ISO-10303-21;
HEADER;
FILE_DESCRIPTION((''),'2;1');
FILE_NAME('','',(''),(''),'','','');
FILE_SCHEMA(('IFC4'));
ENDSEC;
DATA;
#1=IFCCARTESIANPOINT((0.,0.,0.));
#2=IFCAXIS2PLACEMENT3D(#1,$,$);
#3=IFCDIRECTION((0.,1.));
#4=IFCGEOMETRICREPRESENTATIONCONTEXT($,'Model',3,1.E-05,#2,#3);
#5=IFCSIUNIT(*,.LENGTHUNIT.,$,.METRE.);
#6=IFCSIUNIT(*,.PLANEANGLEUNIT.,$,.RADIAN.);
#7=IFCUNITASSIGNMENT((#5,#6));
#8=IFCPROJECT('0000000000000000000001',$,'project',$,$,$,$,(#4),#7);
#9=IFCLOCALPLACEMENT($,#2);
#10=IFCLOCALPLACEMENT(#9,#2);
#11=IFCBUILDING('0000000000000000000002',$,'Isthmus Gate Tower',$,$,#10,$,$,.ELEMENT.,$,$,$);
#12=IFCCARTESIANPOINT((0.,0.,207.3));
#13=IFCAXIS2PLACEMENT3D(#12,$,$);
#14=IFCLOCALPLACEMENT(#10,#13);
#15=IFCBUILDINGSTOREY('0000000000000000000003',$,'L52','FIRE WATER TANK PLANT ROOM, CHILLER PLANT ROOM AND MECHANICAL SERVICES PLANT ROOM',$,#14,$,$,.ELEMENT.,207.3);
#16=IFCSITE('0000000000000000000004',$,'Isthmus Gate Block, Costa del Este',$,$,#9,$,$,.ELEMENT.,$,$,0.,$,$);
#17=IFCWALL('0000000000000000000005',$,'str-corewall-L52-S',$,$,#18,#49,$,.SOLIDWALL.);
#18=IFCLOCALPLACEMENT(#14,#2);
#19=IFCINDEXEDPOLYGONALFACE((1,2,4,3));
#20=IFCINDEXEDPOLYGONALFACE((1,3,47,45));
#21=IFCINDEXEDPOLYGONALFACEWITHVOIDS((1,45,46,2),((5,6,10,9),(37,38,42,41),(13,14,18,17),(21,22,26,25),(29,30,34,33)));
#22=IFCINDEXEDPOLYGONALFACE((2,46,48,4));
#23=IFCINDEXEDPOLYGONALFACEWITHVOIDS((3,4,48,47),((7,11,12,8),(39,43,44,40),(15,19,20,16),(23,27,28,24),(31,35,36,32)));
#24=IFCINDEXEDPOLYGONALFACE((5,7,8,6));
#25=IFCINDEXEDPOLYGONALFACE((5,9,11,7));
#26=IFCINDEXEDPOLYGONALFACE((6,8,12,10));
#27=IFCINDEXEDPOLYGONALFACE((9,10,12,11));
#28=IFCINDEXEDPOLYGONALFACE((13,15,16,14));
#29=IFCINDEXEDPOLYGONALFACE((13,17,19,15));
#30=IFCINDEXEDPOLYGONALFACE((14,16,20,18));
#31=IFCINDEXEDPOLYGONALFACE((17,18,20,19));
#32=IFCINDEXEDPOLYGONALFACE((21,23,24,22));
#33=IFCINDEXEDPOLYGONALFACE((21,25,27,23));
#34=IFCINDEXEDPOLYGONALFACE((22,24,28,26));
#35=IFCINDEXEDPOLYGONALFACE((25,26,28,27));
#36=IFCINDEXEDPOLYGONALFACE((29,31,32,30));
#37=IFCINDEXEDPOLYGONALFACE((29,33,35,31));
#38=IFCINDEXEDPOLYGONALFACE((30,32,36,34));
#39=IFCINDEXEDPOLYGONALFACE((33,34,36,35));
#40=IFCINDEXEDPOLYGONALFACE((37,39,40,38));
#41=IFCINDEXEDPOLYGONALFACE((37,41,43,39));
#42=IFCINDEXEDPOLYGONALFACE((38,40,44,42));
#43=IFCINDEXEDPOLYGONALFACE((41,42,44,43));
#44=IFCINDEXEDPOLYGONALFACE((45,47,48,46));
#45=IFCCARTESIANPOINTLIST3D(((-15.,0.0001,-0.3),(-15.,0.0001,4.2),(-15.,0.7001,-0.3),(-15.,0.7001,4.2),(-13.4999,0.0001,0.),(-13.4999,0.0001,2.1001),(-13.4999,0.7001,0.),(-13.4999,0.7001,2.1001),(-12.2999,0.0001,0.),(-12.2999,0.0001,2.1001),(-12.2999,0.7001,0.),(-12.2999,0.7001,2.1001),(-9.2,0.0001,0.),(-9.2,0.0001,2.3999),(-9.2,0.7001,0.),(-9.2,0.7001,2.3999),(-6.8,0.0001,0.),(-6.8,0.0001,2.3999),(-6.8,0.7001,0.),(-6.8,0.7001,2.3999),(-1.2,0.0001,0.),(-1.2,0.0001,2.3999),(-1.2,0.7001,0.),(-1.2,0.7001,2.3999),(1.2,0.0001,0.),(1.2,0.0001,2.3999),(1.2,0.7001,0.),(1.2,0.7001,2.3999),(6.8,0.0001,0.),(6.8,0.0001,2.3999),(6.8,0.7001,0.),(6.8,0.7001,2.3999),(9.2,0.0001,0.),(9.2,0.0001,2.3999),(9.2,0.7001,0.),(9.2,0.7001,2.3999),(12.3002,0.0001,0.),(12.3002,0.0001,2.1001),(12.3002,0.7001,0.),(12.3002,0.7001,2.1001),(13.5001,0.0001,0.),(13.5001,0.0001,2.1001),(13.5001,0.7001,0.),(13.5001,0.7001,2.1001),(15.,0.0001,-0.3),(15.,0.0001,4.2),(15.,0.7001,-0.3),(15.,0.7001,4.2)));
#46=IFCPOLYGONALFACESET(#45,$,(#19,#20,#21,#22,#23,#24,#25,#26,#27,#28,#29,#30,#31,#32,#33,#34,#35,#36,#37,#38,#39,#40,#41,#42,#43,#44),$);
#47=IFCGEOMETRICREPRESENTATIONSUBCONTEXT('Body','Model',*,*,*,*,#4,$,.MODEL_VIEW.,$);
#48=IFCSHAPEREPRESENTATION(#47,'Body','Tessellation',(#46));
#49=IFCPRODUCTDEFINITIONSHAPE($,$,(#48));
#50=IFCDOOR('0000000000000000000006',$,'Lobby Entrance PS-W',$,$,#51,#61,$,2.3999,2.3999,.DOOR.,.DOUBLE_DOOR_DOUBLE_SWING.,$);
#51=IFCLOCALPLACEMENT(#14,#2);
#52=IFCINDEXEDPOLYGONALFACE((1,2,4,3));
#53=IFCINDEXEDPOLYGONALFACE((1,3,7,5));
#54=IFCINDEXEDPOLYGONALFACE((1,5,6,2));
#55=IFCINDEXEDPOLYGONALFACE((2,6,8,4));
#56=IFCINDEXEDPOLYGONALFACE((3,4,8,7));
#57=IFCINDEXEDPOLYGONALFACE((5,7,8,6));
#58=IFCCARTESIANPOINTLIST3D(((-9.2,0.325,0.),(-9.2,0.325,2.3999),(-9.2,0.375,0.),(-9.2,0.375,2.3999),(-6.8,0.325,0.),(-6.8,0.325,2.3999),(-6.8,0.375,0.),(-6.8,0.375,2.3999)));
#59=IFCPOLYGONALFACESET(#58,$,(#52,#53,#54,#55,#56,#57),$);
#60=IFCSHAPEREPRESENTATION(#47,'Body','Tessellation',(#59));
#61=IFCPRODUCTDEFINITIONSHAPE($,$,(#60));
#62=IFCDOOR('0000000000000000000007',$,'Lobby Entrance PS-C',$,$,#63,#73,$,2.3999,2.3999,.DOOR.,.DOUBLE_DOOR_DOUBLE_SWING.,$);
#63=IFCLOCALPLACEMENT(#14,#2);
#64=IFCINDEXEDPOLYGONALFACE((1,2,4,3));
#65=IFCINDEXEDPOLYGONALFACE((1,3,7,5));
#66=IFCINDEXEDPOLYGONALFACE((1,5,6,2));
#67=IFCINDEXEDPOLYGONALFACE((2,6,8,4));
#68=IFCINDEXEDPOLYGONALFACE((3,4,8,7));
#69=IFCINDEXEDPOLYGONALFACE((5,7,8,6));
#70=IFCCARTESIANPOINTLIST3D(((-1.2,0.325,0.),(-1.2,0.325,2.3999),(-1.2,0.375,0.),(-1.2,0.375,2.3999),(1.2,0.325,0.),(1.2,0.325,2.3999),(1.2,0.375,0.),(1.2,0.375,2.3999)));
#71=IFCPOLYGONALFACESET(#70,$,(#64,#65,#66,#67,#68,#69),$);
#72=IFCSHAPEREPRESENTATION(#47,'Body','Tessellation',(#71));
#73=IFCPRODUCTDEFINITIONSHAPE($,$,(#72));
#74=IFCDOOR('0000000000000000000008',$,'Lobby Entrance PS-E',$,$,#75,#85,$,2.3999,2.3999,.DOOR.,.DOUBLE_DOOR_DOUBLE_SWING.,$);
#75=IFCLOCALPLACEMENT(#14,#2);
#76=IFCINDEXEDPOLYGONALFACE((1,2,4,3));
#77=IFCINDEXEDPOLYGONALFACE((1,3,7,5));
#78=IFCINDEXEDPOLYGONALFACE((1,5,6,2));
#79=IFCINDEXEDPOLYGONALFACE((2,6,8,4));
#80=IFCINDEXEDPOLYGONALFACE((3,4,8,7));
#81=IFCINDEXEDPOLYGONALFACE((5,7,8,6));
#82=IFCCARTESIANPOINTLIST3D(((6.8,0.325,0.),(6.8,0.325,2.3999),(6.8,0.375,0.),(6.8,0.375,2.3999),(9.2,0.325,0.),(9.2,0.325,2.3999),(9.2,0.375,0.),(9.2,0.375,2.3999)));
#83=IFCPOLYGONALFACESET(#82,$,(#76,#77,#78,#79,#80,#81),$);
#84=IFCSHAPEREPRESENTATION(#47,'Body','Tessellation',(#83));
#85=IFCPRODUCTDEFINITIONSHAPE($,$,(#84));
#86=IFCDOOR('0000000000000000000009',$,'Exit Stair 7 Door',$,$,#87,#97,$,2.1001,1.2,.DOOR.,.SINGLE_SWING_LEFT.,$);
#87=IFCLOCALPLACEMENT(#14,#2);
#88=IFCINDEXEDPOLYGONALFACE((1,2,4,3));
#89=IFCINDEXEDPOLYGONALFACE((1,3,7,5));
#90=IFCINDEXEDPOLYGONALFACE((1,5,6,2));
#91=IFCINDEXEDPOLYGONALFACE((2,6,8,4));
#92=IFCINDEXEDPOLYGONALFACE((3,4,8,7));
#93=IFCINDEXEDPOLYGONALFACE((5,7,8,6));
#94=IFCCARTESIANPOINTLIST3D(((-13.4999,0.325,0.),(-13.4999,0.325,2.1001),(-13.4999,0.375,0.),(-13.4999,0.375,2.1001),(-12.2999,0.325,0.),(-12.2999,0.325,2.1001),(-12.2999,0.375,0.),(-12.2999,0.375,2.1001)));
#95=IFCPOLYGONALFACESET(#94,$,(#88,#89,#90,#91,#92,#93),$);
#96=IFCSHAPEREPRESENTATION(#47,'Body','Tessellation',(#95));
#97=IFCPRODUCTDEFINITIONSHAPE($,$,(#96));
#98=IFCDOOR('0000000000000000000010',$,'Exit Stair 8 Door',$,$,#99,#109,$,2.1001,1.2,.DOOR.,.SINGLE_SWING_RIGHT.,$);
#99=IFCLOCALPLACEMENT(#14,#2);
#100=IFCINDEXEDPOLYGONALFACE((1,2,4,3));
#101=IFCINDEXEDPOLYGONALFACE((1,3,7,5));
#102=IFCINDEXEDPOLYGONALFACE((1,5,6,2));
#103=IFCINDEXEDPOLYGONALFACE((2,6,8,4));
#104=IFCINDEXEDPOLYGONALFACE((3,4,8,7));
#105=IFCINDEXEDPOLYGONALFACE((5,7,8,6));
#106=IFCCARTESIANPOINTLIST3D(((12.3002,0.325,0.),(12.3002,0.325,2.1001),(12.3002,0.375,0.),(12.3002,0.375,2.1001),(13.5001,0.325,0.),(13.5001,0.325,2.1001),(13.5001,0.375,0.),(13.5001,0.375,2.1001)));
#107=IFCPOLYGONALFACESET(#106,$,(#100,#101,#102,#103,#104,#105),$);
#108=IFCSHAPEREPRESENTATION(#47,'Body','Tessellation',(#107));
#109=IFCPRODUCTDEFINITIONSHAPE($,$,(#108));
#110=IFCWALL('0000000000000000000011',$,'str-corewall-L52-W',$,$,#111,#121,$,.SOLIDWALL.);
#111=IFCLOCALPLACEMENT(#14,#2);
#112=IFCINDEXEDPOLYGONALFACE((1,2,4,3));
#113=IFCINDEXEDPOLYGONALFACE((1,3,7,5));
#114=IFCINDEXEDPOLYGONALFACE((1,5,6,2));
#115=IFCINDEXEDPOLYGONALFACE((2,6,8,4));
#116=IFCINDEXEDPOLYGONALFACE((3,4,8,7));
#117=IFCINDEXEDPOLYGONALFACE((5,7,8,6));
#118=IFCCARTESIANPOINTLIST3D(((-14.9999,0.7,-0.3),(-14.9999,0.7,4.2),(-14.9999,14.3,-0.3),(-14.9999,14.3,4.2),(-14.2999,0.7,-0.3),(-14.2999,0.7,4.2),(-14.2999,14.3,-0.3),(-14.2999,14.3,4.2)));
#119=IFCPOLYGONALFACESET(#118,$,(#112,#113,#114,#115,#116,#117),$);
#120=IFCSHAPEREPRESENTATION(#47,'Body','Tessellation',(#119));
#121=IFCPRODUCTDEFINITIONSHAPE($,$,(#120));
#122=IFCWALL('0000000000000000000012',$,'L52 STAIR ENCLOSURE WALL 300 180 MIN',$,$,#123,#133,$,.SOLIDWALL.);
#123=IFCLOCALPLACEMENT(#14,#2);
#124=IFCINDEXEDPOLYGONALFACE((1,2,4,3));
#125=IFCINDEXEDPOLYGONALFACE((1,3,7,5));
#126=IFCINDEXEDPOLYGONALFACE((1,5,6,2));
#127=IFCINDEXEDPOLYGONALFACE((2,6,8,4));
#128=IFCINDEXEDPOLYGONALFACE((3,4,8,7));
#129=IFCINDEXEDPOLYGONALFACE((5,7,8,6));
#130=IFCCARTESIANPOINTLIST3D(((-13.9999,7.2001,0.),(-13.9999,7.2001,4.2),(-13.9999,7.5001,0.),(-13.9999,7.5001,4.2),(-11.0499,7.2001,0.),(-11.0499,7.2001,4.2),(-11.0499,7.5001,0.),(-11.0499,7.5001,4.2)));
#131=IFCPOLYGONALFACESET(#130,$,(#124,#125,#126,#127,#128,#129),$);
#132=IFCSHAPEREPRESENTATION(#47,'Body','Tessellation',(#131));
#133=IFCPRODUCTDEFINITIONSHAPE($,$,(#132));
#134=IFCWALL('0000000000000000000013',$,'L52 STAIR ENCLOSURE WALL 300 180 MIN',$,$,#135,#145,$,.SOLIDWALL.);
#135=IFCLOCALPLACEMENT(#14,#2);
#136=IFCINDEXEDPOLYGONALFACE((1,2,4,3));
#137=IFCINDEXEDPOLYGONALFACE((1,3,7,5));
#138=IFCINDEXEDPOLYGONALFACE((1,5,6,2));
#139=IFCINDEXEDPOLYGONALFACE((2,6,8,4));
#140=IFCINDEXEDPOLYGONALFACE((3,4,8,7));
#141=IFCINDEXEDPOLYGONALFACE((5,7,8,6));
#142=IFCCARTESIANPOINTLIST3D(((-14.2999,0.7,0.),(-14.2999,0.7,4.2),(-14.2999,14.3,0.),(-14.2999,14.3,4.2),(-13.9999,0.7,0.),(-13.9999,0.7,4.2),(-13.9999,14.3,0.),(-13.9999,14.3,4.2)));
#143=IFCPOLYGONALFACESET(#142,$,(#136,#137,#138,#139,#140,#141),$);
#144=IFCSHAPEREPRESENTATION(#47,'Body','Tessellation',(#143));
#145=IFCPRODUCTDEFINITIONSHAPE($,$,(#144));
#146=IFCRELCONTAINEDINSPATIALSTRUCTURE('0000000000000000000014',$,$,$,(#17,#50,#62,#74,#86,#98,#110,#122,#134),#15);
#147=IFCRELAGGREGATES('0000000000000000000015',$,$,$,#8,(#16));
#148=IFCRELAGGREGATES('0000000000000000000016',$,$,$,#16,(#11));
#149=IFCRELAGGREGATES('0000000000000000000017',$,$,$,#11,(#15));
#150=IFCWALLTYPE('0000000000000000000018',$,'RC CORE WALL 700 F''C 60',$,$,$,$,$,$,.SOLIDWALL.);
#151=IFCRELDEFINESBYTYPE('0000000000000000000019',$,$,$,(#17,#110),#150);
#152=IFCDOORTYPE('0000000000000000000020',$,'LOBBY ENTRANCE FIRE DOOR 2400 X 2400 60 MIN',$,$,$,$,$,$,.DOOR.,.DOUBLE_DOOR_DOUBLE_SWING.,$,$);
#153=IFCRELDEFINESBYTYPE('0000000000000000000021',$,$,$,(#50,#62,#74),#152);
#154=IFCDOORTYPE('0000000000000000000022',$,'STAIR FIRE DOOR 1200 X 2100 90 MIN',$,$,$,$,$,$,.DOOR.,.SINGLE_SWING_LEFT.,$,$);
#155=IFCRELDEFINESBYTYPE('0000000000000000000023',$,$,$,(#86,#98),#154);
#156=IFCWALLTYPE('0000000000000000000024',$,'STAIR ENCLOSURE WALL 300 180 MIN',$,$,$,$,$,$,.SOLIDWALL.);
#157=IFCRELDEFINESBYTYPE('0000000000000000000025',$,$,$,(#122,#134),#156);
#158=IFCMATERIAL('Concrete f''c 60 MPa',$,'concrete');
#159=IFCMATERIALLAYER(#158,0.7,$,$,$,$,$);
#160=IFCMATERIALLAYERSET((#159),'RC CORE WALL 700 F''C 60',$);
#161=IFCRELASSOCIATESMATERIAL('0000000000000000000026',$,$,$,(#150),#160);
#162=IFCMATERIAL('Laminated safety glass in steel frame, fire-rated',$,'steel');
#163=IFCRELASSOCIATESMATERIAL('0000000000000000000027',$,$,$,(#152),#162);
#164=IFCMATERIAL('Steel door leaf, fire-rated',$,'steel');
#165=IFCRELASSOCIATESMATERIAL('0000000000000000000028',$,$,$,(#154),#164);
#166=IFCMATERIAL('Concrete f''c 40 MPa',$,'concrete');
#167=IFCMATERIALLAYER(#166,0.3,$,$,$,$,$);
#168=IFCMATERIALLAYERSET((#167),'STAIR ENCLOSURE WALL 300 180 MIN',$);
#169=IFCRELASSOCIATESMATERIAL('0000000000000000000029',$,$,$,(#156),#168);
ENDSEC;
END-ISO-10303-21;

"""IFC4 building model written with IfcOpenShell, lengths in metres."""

from ifc_helpers import new_model, si_unit, direction, frame, frame_2d, origin, place, context, subcontext, project, spatial, rectangle, extrude, material, layer, layer_set, type_object, element, fill, save


model = new_model("IFC4")

# Units and contexts
model_context = context("Model", 3, precision=1e-05, world=origin(), true_north=direction((0.0, 1.0)))
body_context = subcontext(model_context, "Body", "Model", "MODEL_VIEW")
ifc_project = project(units=[si_unit("LENGTHUNIT", "METRE"), si_unit("PLANEANGLEUNIT", "RADIAN")], contexts=[model_context])

# Site, building, storey
site_placement = place(None, origin())
site = spatial("IfcSite", under=ifc_project, at=site_placement, Name="Isthmus Gate Block, Costa del Este", CompositionType="ELEMENT", RefElevation=0.0)
building_placement = place(site_placement, origin())
building = spatial("IfcBuilding", under=site, at=building_placement, Name="Isthmus Gate Tower", CompositionType="ELEMENT")
storey_placement = place(building_placement, frame((0.0, 0.0, 207.3)))
storey = spatial("IfcBuildingStorey", under=building, at=storey_placement, Name="L52", Description="FIRE WATER TANK PLANT ROOM, CHILLER PLANT ROOM AND MECHANICAL SERVICES PLANT ROOM", CompositionType="ELEMENT", Elevation=207.3)

# Wall, openings, doors
ifc_material_1 = material(Name="Concrete f'c 60 MPa", Category="concrete")
ifc_layer_1 = layer(ifc_material_1, 0.7)
ifc_layer_set_1 = layer_set([ifc_layer_1], Name="RC CORE WALL 700 F'C 60")
wall_type_1 = type_object("IfcWallType", Name="RC CORE WALL 700 F'C 60", PredefinedType="SOLIDWALL", material=ifc_layer_set_1)
wall_1_placement = place(storey_placement, frame((-15.0, 0.3501, -0.3), z_axis=(0.0, 0.0, 1.0), x_axis=(1.0, 0.0, 0.0)))
wall_1 = element("IfcWall", 1, at=wall_1_placement, inside=storey, type_object=wall_type_1, Name="str-corewall-L52-S", PredefinedType="SOLIDWALL", context=body_context, shape_type="SweptSolid", body=[
    extrude(rectangle(XDim=30.0, YDim=0.7, at=frame_2d((15.0, 0.0))), origin(), (0.0, 0.0, 1.0), 4.5),
])
opening_1_placement = place(wall_1_placement, frame((5.8, 0.0, 0.3)))
opening_1 = element("IfcOpeningElement", 2, at=opening_1_placement, cuts=wall_1, PredefinedType="OPENING", context=body_context, shape_type="SweptSolid", body=[
    extrude(rectangle(XDim=2.3999, YDim=2.3999, at=frame_2d((1.2, 1.2))), frame((0.0, 0.3599, 0.0), z_axis=(0.0, -1.0, 0.0), x_axis=(1.0, 0.0, 0.0)), (0.0, 0.0, 1.0), 0.72),
])
opening_2_placement = place(wall_1_placement, frame((13.8, 0.0, 0.3)))
opening_2 = element("IfcOpeningElement", 3, at=opening_2_placement, cuts=wall_1, PredefinedType="OPENING", context=body_context, shape_type="SweptSolid", body=[
    extrude(rectangle(XDim=2.3999, YDim=2.3999, at=frame_2d((1.2, 1.2))), frame((0.0, 0.3599, 0.0), z_axis=(0.0, -1.0, 0.0), x_axis=(1.0, 0.0, 0.0)), (0.0, 0.0, 1.0), 0.72),
])
opening_3_placement = place(wall_1_placement, frame((21.8, 0.0, 0.3)))
opening_3 = element("IfcOpeningElement", 4, at=opening_3_placement, cuts=wall_1, PredefinedType="OPENING", context=body_context, shape_type="SweptSolid", body=[
    extrude(rectangle(XDim=2.3999, YDim=2.3999, at=frame_2d((1.2, 1.2))), frame((0.0, 0.3599, 0.0), z_axis=(0.0, -1.0, 0.0), x_axis=(1.0, 0.0, 0.0)), (0.0, 0.0, 1.0), 0.72),
])
opening_4_placement = place(wall_1_placement, frame((1.5, 0.0, 0.3)))
opening_4 = element("IfcOpeningElement", 5, at=opening_4_placement, cuts=wall_1, PredefinedType="OPENING", context=body_context, shape_type="SweptSolid", body=[
    extrude(rectangle(XDim=1.2, YDim=2.1001, at=frame_2d((0.6001, 1.05))), frame((0.0, 0.3599, 0.0), z_axis=(0.0, -1.0, 0.0), x_axis=(1.0, 0.0, 0.0)), (0.0, 0.0, 1.0), 0.72),
])
opening_5_placement = place(wall_1_placement, frame((27.3, 0.0, 0.3)))
opening_5 = element("IfcOpeningElement", 6, at=opening_5_placement, cuts=wall_1, PredefinedType="OPENING", context=body_context, shape_type="SweptSolid", body=[
    extrude(rectangle(XDim=1.2, YDim=2.1001, at=frame_2d((0.6001, 1.05))), frame((0.0, 0.3599, 0.0), z_axis=(0.0, -1.0, 0.0), x_axis=(1.0, 0.0, 0.0)), (0.0, 0.0, 1.0), 0.72),
])
ifc_material_2 = material(Name="Laminated safety glass in steel frame, fire-rated", Category="steel")
door_type_1 = type_object("IfcDoorType", Name="LOBBY ENTRANCE FIRE DOOR 2400 X 2400 60 MIN", OperationType="DOUBLE_DOOR_DOUBLE_SWING", PredefinedType="DOOR", material=ifc_material_2)
door_1_placement = place(opening_1_placement, origin())
door_1 = element("IfcDoor", 7, at=door_1_placement, inside=storey, type_object=door_type_1, Name="Lobby Entrance PS-W", OperationType="DOUBLE_DOOR_DOUBLE_SWING", OverallHeight=2.3999, OverallWidth=2.3999, PredefinedType="DOOR", context=body_context, shape_type="SweptSolid", body=[
    extrude(rectangle(XDim=2.3999, YDim=2.3999, at=frame_2d((1.2, 1.2))), frame((0.0, 0.0249, 0.0), z_axis=(0.0, -1.0, 0.0), x_axis=(1.0, 0.0, 0.0)), (0.0, 0.0, 1.0), 0.05),
])
fill(opening_1, door_1)
door_2_placement = place(opening_2_placement, origin())
door_2 = element("IfcDoor", 8, at=door_2_placement, inside=storey, type_object=door_type_1, Name="Lobby Entrance PS-C", OperationType="DOUBLE_DOOR_DOUBLE_SWING", OverallHeight=2.3999, OverallWidth=2.3999, PredefinedType="DOOR", context=body_context, shape_type="SweptSolid", body=[
    extrude(rectangle(XDim=2.3999, YDim=2.3999, at=frame_2d((1.2, 1.2))), frame((0.0, 0.0249, 0.0), z_axis=(0.0, -1.0, 0.0), x_axis=(1.0, 0.0, 0.0)), (0.0, 0.0, 1.0), 0.05),
])
fill(opening_2, door_2)
door_3_placement = place(opening_3_placement, origin())
door_3 = element("IfcDoor", 9, at=door_3_placement, inside=storey, type_object=door_type_1, Name="Lobby Entrance PS-E", OperationType="DOUBLE_DOOR_DOUBLE_SWING", OverallHeight=2.3999, OverallWidth=2.3999, PredefinedType="DOOR", context=body_context, shape_type="SweptSolid", body=[
    extrude(rectangle(XDim=2.3999, YDim=2.3999, at=frame_2d((1.2, 1.2))), frame((0.0, 0.0249, 0.0), z_axis=(0.0, -1.0, 0.0), x_axis=(1.0, 0.0, 0.0)), (0.0, 0.0, 1.0), 0.05),
])
fill(opening_3, door_3)
ifc_material_3 = material(Name="Steel door leaf, fire-rated", Category="steel")
door_type_2 = type_object("IfcDoorType", Name="STAIR FIRE DOOR 1200 X 2100 90 MIN", OperationType="SINGLE_SWING_LEFT", PredefinedType="DOOR", material=ifc_material_3)
door_4_placement = place(opening_4_placement, origin())
door_4 = element("IfcDoor", 10, at=door_4_placement, inside=storey, type_object=door_type_2, Name="Exit Stair 7 Door", OperationType="SINGLE_SWING_LEFT", OverallHeight=2.1001, OverallWidth=1.2, PredefinedType="DOOR", context=body_context, shape_type="SweptSolid", body=[
    extrude(rectangle(XDim=1.2, YDim=2.1001, at=frame_2d((0.6001, 1.05))), frame((0.0, 0.0249, 0.0), z_axis=(0.0, -1.0, 0.0), x_axis=(1.0, 0.0, 0.0)), (0.0, 0.0, 1.0), 0.05),
])
fill(opening_4, door_4)
door_5_placement = place(opening_5_placement, origin())
door_5 = element("IfcDoor", 11, at=door_5_placement, inside=storey, type_object=door_type_2, Name="Exit Stair 8 Door", OperationType="SINGLE_SWING_RIGHT", OverallHeight=2.1001, OverallWidth=1.2, PredefinedType="DOOR", context=body_context, shape_type="SweptSolid", body=[
    extrude(rectangle(XDim=1.2, YDim=2.1001, at=frame_2d((0.6001, 1.05))), frame((0.0, 0.0249, 0.0), z_axis=(0.0, -1.0, 0.0), x_axis=(1.0, 0.0, 0.0)), (0.0, 0.0, 1.0), 0.05),
])
fill(opening_5, door_5)

# Walls
wall_2_placement = place(storey_placement, frame((-14.6499, 0.7, -0.3), z_axis=(0.0, 0.0, 1.0), x_axis=(0.0, 1.0, 0.0)))
element("IfcWall", 12, at=wall_2_placement, inside=storey, type_object=wall_type_1, Name="str-corewall-L52-W", PredefinedType="SOLIDWALL", context=body_context, shape_type="SweptSolid", body=[
    extrude(rectangle(XDim=13.6001, YDim=0.7, at=frame_2d((6.8, 0.0))), origin(), (0.0, 0.0, 1.0), 4.5),
])
ifc_material_4 = material(Name="Concrete f'c 40 MPa", Category="concrete")
ifc_layer_2 = layer(ifc_material_4, 0.3)
ifc_layer_set_2 = layer_set([ifc_layer_2], Name="STAIR ENCLOSURE WALL 300 180 MIN")
wall_type_2 = type_object("IfcWallType", Name="STAIR ENCLOSURE WALL 300 180 MIN", PredefinedType="SOLIDWALL", material=ifc_layer_set_2)
wall_3_placement = place(storey_placement, frame((-14.0, 7.3501, 0.0), z_axis=(0.0, 0.0, 1.0), x_axis=(1.0, 0.0, 0.0)))
element("IfcWall", 13, at=wall_3_placement, inside=storey, type_object=wall_type_2, Name="L52 STAIR ENCLOSURE WALL 300 180 MIN", PredefinedType="SOLIDWALL", context=body_context, shape_type="SweptSolid", body=[
    extrude(rectangle(XDim=2.95, YDim=0.3, at=frame_2d((1.4751, 0.0))), origin(), (0.0, 0.0, 1.0), 4.2),
])
wall_4_placement = place(storey_placement, frame((-14.1499, 0.7, 0.0), z_axis=(0.0, 0.0, 1.0), x_axis=(0.0, 1.0, 0.0)))
element("IfcWall", 14, at=wall_4_placement, inside=storey, type_object=wall_type_2, Name="L52 STAIR ENCLOSURE WALL 300 180 MIN", PredefinedType="SOLIDWALL", context=body_context, shape_type="SweptSolid", body=[
    extrude(rectangle(XDim=13.6001, YDim=0.3, at=frame_2d((6.8, 0.0))), origin(), (0.0, 0.0, 1.0), 4.2),
])

save(model, "model.ifc")
